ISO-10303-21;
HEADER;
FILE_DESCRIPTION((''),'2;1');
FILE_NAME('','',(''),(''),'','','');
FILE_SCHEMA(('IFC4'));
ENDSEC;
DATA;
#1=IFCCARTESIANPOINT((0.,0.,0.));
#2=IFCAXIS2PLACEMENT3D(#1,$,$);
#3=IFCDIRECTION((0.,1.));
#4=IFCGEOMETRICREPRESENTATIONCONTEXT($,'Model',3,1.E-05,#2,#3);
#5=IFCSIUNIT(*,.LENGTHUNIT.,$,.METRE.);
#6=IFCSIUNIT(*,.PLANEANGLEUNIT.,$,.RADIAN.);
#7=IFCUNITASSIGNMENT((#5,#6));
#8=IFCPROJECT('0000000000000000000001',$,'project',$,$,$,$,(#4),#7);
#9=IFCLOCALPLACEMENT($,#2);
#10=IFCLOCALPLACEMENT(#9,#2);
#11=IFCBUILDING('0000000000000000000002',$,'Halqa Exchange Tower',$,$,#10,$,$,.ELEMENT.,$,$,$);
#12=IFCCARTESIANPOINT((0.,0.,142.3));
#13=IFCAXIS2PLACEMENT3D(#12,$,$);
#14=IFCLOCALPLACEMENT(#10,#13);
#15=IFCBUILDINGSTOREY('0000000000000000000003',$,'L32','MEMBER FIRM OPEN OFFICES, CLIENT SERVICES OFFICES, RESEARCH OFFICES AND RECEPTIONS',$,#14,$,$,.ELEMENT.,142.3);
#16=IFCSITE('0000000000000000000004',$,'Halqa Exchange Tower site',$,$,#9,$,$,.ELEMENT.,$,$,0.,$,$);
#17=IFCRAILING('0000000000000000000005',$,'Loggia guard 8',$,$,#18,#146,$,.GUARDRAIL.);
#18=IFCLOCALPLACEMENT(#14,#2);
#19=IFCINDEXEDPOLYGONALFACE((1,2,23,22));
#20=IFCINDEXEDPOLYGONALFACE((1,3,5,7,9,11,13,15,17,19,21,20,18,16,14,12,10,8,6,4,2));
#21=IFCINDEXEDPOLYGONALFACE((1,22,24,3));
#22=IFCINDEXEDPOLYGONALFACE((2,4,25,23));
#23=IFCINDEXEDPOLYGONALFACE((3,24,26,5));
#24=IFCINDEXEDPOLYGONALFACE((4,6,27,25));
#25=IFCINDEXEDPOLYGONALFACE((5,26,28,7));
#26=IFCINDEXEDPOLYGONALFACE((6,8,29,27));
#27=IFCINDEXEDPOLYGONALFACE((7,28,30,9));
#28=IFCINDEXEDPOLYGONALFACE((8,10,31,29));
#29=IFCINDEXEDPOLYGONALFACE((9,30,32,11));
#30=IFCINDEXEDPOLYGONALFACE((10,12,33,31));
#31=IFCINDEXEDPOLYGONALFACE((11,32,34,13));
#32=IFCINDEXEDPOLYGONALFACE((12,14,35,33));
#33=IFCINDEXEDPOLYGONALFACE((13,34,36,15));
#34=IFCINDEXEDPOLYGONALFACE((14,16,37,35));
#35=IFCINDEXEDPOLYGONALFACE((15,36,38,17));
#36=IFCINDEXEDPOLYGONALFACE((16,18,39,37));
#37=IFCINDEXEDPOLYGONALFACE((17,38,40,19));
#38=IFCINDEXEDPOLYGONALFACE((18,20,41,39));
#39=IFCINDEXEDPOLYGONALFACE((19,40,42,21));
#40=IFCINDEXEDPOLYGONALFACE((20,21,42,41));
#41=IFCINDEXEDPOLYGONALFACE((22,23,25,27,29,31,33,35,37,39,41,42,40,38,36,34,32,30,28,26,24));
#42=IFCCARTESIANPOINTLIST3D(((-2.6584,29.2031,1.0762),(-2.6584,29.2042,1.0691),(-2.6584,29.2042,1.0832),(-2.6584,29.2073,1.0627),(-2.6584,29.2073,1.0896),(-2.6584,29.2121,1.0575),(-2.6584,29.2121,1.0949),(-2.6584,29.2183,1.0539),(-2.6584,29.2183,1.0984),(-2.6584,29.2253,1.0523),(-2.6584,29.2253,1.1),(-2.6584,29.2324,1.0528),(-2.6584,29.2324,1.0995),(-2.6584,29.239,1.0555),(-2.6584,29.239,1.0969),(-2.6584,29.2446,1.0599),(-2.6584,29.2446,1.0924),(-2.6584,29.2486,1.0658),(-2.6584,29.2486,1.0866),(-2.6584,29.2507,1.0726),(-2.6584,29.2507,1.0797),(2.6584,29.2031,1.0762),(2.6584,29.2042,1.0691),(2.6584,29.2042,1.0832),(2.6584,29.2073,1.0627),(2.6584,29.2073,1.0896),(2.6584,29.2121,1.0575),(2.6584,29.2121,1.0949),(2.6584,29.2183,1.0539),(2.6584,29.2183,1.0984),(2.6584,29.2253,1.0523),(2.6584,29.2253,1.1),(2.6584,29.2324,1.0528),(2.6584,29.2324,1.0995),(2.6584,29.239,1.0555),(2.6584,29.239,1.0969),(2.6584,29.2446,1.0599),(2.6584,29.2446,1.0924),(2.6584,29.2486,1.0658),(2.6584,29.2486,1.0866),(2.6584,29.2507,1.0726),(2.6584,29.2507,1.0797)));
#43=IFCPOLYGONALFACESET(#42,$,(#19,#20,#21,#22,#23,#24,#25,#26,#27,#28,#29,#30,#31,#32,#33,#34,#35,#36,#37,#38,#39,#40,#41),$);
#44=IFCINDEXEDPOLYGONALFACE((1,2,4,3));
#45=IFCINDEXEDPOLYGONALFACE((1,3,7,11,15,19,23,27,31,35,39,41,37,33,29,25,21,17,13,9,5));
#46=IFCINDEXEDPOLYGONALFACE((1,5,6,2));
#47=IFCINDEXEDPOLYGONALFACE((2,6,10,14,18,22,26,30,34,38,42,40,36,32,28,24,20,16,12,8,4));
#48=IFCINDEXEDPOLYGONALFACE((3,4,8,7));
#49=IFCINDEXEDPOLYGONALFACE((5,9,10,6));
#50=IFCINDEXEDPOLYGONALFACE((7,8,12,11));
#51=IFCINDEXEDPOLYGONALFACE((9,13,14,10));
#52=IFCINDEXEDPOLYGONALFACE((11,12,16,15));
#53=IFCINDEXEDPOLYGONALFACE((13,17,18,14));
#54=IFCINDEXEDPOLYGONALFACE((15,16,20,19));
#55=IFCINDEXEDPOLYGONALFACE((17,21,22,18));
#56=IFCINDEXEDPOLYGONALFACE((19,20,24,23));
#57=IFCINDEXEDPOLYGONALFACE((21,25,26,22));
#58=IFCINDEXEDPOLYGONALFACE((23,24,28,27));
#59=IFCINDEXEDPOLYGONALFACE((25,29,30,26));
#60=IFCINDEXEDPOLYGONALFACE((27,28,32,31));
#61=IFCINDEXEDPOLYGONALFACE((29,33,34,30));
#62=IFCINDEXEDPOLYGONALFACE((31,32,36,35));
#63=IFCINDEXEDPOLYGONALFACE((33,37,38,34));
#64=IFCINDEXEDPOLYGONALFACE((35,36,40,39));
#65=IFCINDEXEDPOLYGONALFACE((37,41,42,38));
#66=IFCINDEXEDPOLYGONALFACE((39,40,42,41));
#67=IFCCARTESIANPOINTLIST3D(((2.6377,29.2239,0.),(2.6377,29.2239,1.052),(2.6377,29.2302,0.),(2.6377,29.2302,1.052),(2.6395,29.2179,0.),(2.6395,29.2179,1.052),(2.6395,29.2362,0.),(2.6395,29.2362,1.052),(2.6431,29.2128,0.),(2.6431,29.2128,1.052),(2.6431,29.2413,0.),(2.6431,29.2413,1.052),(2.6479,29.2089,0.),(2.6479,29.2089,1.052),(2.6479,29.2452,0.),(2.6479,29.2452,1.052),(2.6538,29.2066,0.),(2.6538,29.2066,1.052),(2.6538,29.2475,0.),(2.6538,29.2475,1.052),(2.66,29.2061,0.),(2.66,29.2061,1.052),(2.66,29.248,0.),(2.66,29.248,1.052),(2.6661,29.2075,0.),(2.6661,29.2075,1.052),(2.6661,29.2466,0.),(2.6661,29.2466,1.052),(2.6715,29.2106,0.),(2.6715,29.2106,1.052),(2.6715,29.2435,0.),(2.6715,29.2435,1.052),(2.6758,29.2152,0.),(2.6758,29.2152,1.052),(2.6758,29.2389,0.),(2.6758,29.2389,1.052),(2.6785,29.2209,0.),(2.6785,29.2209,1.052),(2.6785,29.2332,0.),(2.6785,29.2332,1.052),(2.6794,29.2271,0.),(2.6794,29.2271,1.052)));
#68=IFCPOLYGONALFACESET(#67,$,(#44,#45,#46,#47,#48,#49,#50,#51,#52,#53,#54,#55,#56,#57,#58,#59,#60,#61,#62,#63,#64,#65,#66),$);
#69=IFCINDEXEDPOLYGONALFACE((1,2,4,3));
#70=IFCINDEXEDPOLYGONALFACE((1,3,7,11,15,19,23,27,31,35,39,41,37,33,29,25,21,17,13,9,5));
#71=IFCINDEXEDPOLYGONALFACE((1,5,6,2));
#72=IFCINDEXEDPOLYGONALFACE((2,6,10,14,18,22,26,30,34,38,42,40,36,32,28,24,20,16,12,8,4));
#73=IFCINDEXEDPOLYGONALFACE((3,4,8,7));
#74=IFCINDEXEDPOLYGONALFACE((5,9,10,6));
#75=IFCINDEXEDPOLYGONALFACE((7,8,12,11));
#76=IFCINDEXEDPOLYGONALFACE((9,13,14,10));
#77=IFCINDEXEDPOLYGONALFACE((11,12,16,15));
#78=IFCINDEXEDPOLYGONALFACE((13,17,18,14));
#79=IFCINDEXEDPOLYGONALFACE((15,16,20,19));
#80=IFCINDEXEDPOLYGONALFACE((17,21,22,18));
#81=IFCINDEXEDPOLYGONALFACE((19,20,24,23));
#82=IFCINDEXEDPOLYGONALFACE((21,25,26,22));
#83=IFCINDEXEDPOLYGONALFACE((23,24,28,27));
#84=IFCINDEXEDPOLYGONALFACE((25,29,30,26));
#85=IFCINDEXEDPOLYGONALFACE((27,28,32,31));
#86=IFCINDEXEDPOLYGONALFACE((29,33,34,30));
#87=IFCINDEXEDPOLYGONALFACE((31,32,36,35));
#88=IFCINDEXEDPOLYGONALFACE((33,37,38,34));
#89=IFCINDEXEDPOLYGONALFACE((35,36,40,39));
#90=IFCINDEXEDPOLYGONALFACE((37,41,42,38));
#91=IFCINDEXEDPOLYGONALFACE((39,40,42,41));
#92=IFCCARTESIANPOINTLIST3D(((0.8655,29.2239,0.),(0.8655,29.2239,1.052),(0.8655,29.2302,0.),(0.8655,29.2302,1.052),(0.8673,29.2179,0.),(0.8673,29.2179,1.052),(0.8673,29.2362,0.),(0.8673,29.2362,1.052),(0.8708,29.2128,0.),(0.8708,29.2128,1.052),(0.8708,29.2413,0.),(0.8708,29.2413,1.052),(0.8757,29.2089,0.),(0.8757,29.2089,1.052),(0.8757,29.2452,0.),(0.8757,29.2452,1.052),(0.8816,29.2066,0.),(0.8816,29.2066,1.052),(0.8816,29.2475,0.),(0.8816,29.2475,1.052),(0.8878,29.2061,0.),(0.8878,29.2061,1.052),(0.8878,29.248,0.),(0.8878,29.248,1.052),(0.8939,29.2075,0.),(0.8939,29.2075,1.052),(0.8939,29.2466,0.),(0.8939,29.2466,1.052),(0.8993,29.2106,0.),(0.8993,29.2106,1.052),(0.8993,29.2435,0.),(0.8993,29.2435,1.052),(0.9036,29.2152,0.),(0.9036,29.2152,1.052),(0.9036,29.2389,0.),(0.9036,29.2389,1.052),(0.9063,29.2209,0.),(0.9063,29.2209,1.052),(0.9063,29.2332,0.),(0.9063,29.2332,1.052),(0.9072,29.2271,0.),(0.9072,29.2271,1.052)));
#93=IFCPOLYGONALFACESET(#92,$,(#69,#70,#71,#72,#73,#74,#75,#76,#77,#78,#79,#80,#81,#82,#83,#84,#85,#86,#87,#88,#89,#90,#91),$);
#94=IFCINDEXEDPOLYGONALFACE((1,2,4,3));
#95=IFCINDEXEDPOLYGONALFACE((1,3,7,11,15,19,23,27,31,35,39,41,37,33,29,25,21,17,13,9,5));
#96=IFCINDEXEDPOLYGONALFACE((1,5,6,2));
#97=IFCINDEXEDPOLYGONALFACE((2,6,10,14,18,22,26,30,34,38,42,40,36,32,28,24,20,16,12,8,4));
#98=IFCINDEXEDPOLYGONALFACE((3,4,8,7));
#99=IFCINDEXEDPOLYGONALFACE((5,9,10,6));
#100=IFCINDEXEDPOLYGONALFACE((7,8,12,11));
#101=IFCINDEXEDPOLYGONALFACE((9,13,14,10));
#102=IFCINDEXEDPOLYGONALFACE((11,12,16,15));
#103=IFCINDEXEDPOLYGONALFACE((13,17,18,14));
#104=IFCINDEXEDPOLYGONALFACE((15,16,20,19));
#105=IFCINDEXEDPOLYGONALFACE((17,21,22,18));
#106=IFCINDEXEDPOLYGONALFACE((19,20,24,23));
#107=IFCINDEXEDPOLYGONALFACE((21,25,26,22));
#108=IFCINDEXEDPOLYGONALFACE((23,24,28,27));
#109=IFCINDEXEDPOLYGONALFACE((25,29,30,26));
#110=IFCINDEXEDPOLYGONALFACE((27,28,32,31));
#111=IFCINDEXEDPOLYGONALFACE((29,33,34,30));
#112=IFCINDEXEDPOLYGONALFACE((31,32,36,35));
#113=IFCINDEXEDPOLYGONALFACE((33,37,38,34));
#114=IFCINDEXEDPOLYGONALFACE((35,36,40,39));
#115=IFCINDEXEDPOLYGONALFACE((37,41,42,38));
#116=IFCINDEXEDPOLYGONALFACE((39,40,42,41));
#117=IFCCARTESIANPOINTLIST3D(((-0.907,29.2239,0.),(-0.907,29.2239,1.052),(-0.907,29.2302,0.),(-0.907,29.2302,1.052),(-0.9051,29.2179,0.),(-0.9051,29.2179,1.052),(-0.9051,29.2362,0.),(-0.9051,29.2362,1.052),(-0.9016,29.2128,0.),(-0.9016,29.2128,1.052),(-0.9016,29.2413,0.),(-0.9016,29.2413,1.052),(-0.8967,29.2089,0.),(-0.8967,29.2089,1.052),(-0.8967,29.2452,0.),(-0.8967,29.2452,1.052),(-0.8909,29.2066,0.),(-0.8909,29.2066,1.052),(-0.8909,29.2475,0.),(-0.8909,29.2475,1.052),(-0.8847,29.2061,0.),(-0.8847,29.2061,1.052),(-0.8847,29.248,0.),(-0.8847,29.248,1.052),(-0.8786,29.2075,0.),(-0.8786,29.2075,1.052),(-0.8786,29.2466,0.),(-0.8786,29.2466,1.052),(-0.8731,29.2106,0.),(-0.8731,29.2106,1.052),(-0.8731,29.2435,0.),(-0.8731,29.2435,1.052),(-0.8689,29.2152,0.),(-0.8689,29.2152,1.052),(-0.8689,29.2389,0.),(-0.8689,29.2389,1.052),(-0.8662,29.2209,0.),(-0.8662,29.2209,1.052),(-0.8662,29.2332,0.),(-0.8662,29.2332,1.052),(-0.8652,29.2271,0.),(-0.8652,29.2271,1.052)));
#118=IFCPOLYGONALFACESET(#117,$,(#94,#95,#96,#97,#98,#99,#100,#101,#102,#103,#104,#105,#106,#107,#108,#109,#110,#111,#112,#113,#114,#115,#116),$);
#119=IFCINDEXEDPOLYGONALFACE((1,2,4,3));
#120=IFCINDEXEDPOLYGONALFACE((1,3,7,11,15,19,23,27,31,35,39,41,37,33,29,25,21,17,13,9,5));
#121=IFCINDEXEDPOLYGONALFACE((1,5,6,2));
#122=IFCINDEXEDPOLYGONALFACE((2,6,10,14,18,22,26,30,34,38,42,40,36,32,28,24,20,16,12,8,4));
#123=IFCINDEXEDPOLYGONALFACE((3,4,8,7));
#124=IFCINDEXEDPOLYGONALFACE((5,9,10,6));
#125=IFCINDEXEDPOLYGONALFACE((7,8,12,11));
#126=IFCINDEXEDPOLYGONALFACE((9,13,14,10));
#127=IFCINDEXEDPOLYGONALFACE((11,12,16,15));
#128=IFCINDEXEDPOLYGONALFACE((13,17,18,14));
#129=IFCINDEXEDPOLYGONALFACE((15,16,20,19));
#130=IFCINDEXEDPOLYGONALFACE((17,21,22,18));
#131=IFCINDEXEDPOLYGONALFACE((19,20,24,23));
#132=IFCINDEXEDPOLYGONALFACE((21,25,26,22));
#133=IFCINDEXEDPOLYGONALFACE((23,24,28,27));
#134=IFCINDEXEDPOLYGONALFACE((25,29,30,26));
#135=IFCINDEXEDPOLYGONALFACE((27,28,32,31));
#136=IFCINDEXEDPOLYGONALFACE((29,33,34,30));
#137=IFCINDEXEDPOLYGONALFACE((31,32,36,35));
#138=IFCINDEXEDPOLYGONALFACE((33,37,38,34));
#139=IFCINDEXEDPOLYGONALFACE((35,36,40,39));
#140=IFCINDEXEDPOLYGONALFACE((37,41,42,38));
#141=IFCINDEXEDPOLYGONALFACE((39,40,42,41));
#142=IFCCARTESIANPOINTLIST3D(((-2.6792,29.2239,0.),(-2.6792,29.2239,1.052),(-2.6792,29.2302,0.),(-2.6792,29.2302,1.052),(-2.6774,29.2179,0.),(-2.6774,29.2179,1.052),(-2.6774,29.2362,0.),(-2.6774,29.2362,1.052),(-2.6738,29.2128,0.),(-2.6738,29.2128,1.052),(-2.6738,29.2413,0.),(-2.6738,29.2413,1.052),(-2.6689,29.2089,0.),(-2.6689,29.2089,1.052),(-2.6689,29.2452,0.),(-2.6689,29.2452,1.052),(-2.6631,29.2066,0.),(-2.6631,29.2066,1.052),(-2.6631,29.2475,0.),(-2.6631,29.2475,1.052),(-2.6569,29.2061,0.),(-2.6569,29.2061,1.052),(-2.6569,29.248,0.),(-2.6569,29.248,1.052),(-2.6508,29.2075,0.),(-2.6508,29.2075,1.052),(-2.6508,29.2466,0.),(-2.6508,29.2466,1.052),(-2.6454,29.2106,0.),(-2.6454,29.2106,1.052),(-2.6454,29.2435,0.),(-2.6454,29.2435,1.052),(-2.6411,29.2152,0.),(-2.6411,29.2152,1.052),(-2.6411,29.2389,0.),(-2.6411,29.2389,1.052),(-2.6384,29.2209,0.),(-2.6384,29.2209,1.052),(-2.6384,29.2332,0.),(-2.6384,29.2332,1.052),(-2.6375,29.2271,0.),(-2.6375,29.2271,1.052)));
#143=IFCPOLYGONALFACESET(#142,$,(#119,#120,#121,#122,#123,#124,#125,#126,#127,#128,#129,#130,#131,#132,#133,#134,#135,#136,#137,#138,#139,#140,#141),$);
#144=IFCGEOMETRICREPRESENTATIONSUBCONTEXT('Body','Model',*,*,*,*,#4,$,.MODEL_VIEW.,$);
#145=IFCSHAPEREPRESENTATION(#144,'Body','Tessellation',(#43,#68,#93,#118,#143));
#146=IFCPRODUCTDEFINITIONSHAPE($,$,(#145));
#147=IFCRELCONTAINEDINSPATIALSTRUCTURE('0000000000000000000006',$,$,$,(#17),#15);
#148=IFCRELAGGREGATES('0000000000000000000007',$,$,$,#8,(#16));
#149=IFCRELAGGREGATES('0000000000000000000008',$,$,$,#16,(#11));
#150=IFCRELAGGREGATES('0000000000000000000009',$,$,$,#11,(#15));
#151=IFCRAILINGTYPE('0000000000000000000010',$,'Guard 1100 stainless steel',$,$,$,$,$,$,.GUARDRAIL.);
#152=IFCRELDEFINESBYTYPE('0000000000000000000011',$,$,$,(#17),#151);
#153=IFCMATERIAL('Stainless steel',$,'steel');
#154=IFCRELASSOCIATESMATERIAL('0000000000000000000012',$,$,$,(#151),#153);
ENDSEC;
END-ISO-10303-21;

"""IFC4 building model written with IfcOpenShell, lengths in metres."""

from ifc_helpers import new_model, si_unit, direction, frame, origin, origin_2d, place, context, subcontext, project, spatial, circle, extrude, material, type_object, element, save


model = new_model("IFC4")

# Units and contexts
model_context = context("Model", 3, precision=1e-05, world=origin(), true_north=direction((0.0, 1.0)))
body_context = subcontext(model_context, "Body", "Model", "MODEL_VIEW")
ifc_project = project(units=[si_unit("LENGTHUNIT", "METRE"), si_unit("PLANEANGLEUNIT", "RADIAN")], contexts=[model_context])

# Site, building, storey
site_placement = place(None, origin())
site = spatial("IfcSite", under=ifc_project, at=site_placement, Name="Halqa Exchange Tower site", CompositionType="ELEMENT", RefElevation=0.0)
building_placement = place(site_placement, origin())
building = spatial("IfcBuilding", under=site, at=building_placement, Name="Halqa Exchange Tower", CompositionType="ELEMENT")
storey_placement = place(building_placement, frame((0.0, 0.0, 142.3)))
storey = spatial("IfcBuildingStorey", under=building, at=storey_placement, Name="L32", Description="MEMBER FIRM OPEN OFFICES, CLIENT SERVICES OFFICES, RESEARCH OFFICES AND RECEPTIONS", CompositionType="ELEMENT", Elevation=142.3)

# Railing
ifc_material_1 = material(Name="Stainless steel", Category="steel")
railing_type = type_object("IfcRailingType", Name="Guard 1100 stainless steel", PredefinedType="GUARDRAIL", material=ifc_material_1)
railing_1_placement = place(storey_placement, frame((2.6584, 29.2271, 0.0)))
element("IfcRailing", 1, at=railing_1_placement, inside=storey, type_object=railing_type, Name="Loggia guard 8", PredefinedType="GUARDRAIL", context=body_context, shape_type="SweptSolid", body=[
    extrude(circle(Radius=0.0239, at=origin_2d()), frame((0.0, 0.0, 1.0762), z_axis=(-1.0, 0.0, 0.0), x_axis=(0.0, -1.0, 0.0)), (0.0, 0.0, 1.0), 5.3169),
    extrude(circle(Radius=0.021, at=origin_2d()), origin(), (0.0, 0.0, 1.0), 1.052),
    extrude(circle(Radius=0.021, at=origin_2d()), frame((-1.7722, 0.0, 0.0)), (0.0, 0.0, 1.0), 1.052),
    extrude(circle(Radius=0.021, at=origin_2d()), frame((-3.5447, 0.0, 0.0)), (0.0, 0.0, 1.0), 1.052),
    extrude(circle(Radius=0.021, at=origin_2d()), frame((-5.3169, 0.0, 0.0)), (0.0, 0.0, 1.0), 1.052),
])

save(model, "model.ifc")
